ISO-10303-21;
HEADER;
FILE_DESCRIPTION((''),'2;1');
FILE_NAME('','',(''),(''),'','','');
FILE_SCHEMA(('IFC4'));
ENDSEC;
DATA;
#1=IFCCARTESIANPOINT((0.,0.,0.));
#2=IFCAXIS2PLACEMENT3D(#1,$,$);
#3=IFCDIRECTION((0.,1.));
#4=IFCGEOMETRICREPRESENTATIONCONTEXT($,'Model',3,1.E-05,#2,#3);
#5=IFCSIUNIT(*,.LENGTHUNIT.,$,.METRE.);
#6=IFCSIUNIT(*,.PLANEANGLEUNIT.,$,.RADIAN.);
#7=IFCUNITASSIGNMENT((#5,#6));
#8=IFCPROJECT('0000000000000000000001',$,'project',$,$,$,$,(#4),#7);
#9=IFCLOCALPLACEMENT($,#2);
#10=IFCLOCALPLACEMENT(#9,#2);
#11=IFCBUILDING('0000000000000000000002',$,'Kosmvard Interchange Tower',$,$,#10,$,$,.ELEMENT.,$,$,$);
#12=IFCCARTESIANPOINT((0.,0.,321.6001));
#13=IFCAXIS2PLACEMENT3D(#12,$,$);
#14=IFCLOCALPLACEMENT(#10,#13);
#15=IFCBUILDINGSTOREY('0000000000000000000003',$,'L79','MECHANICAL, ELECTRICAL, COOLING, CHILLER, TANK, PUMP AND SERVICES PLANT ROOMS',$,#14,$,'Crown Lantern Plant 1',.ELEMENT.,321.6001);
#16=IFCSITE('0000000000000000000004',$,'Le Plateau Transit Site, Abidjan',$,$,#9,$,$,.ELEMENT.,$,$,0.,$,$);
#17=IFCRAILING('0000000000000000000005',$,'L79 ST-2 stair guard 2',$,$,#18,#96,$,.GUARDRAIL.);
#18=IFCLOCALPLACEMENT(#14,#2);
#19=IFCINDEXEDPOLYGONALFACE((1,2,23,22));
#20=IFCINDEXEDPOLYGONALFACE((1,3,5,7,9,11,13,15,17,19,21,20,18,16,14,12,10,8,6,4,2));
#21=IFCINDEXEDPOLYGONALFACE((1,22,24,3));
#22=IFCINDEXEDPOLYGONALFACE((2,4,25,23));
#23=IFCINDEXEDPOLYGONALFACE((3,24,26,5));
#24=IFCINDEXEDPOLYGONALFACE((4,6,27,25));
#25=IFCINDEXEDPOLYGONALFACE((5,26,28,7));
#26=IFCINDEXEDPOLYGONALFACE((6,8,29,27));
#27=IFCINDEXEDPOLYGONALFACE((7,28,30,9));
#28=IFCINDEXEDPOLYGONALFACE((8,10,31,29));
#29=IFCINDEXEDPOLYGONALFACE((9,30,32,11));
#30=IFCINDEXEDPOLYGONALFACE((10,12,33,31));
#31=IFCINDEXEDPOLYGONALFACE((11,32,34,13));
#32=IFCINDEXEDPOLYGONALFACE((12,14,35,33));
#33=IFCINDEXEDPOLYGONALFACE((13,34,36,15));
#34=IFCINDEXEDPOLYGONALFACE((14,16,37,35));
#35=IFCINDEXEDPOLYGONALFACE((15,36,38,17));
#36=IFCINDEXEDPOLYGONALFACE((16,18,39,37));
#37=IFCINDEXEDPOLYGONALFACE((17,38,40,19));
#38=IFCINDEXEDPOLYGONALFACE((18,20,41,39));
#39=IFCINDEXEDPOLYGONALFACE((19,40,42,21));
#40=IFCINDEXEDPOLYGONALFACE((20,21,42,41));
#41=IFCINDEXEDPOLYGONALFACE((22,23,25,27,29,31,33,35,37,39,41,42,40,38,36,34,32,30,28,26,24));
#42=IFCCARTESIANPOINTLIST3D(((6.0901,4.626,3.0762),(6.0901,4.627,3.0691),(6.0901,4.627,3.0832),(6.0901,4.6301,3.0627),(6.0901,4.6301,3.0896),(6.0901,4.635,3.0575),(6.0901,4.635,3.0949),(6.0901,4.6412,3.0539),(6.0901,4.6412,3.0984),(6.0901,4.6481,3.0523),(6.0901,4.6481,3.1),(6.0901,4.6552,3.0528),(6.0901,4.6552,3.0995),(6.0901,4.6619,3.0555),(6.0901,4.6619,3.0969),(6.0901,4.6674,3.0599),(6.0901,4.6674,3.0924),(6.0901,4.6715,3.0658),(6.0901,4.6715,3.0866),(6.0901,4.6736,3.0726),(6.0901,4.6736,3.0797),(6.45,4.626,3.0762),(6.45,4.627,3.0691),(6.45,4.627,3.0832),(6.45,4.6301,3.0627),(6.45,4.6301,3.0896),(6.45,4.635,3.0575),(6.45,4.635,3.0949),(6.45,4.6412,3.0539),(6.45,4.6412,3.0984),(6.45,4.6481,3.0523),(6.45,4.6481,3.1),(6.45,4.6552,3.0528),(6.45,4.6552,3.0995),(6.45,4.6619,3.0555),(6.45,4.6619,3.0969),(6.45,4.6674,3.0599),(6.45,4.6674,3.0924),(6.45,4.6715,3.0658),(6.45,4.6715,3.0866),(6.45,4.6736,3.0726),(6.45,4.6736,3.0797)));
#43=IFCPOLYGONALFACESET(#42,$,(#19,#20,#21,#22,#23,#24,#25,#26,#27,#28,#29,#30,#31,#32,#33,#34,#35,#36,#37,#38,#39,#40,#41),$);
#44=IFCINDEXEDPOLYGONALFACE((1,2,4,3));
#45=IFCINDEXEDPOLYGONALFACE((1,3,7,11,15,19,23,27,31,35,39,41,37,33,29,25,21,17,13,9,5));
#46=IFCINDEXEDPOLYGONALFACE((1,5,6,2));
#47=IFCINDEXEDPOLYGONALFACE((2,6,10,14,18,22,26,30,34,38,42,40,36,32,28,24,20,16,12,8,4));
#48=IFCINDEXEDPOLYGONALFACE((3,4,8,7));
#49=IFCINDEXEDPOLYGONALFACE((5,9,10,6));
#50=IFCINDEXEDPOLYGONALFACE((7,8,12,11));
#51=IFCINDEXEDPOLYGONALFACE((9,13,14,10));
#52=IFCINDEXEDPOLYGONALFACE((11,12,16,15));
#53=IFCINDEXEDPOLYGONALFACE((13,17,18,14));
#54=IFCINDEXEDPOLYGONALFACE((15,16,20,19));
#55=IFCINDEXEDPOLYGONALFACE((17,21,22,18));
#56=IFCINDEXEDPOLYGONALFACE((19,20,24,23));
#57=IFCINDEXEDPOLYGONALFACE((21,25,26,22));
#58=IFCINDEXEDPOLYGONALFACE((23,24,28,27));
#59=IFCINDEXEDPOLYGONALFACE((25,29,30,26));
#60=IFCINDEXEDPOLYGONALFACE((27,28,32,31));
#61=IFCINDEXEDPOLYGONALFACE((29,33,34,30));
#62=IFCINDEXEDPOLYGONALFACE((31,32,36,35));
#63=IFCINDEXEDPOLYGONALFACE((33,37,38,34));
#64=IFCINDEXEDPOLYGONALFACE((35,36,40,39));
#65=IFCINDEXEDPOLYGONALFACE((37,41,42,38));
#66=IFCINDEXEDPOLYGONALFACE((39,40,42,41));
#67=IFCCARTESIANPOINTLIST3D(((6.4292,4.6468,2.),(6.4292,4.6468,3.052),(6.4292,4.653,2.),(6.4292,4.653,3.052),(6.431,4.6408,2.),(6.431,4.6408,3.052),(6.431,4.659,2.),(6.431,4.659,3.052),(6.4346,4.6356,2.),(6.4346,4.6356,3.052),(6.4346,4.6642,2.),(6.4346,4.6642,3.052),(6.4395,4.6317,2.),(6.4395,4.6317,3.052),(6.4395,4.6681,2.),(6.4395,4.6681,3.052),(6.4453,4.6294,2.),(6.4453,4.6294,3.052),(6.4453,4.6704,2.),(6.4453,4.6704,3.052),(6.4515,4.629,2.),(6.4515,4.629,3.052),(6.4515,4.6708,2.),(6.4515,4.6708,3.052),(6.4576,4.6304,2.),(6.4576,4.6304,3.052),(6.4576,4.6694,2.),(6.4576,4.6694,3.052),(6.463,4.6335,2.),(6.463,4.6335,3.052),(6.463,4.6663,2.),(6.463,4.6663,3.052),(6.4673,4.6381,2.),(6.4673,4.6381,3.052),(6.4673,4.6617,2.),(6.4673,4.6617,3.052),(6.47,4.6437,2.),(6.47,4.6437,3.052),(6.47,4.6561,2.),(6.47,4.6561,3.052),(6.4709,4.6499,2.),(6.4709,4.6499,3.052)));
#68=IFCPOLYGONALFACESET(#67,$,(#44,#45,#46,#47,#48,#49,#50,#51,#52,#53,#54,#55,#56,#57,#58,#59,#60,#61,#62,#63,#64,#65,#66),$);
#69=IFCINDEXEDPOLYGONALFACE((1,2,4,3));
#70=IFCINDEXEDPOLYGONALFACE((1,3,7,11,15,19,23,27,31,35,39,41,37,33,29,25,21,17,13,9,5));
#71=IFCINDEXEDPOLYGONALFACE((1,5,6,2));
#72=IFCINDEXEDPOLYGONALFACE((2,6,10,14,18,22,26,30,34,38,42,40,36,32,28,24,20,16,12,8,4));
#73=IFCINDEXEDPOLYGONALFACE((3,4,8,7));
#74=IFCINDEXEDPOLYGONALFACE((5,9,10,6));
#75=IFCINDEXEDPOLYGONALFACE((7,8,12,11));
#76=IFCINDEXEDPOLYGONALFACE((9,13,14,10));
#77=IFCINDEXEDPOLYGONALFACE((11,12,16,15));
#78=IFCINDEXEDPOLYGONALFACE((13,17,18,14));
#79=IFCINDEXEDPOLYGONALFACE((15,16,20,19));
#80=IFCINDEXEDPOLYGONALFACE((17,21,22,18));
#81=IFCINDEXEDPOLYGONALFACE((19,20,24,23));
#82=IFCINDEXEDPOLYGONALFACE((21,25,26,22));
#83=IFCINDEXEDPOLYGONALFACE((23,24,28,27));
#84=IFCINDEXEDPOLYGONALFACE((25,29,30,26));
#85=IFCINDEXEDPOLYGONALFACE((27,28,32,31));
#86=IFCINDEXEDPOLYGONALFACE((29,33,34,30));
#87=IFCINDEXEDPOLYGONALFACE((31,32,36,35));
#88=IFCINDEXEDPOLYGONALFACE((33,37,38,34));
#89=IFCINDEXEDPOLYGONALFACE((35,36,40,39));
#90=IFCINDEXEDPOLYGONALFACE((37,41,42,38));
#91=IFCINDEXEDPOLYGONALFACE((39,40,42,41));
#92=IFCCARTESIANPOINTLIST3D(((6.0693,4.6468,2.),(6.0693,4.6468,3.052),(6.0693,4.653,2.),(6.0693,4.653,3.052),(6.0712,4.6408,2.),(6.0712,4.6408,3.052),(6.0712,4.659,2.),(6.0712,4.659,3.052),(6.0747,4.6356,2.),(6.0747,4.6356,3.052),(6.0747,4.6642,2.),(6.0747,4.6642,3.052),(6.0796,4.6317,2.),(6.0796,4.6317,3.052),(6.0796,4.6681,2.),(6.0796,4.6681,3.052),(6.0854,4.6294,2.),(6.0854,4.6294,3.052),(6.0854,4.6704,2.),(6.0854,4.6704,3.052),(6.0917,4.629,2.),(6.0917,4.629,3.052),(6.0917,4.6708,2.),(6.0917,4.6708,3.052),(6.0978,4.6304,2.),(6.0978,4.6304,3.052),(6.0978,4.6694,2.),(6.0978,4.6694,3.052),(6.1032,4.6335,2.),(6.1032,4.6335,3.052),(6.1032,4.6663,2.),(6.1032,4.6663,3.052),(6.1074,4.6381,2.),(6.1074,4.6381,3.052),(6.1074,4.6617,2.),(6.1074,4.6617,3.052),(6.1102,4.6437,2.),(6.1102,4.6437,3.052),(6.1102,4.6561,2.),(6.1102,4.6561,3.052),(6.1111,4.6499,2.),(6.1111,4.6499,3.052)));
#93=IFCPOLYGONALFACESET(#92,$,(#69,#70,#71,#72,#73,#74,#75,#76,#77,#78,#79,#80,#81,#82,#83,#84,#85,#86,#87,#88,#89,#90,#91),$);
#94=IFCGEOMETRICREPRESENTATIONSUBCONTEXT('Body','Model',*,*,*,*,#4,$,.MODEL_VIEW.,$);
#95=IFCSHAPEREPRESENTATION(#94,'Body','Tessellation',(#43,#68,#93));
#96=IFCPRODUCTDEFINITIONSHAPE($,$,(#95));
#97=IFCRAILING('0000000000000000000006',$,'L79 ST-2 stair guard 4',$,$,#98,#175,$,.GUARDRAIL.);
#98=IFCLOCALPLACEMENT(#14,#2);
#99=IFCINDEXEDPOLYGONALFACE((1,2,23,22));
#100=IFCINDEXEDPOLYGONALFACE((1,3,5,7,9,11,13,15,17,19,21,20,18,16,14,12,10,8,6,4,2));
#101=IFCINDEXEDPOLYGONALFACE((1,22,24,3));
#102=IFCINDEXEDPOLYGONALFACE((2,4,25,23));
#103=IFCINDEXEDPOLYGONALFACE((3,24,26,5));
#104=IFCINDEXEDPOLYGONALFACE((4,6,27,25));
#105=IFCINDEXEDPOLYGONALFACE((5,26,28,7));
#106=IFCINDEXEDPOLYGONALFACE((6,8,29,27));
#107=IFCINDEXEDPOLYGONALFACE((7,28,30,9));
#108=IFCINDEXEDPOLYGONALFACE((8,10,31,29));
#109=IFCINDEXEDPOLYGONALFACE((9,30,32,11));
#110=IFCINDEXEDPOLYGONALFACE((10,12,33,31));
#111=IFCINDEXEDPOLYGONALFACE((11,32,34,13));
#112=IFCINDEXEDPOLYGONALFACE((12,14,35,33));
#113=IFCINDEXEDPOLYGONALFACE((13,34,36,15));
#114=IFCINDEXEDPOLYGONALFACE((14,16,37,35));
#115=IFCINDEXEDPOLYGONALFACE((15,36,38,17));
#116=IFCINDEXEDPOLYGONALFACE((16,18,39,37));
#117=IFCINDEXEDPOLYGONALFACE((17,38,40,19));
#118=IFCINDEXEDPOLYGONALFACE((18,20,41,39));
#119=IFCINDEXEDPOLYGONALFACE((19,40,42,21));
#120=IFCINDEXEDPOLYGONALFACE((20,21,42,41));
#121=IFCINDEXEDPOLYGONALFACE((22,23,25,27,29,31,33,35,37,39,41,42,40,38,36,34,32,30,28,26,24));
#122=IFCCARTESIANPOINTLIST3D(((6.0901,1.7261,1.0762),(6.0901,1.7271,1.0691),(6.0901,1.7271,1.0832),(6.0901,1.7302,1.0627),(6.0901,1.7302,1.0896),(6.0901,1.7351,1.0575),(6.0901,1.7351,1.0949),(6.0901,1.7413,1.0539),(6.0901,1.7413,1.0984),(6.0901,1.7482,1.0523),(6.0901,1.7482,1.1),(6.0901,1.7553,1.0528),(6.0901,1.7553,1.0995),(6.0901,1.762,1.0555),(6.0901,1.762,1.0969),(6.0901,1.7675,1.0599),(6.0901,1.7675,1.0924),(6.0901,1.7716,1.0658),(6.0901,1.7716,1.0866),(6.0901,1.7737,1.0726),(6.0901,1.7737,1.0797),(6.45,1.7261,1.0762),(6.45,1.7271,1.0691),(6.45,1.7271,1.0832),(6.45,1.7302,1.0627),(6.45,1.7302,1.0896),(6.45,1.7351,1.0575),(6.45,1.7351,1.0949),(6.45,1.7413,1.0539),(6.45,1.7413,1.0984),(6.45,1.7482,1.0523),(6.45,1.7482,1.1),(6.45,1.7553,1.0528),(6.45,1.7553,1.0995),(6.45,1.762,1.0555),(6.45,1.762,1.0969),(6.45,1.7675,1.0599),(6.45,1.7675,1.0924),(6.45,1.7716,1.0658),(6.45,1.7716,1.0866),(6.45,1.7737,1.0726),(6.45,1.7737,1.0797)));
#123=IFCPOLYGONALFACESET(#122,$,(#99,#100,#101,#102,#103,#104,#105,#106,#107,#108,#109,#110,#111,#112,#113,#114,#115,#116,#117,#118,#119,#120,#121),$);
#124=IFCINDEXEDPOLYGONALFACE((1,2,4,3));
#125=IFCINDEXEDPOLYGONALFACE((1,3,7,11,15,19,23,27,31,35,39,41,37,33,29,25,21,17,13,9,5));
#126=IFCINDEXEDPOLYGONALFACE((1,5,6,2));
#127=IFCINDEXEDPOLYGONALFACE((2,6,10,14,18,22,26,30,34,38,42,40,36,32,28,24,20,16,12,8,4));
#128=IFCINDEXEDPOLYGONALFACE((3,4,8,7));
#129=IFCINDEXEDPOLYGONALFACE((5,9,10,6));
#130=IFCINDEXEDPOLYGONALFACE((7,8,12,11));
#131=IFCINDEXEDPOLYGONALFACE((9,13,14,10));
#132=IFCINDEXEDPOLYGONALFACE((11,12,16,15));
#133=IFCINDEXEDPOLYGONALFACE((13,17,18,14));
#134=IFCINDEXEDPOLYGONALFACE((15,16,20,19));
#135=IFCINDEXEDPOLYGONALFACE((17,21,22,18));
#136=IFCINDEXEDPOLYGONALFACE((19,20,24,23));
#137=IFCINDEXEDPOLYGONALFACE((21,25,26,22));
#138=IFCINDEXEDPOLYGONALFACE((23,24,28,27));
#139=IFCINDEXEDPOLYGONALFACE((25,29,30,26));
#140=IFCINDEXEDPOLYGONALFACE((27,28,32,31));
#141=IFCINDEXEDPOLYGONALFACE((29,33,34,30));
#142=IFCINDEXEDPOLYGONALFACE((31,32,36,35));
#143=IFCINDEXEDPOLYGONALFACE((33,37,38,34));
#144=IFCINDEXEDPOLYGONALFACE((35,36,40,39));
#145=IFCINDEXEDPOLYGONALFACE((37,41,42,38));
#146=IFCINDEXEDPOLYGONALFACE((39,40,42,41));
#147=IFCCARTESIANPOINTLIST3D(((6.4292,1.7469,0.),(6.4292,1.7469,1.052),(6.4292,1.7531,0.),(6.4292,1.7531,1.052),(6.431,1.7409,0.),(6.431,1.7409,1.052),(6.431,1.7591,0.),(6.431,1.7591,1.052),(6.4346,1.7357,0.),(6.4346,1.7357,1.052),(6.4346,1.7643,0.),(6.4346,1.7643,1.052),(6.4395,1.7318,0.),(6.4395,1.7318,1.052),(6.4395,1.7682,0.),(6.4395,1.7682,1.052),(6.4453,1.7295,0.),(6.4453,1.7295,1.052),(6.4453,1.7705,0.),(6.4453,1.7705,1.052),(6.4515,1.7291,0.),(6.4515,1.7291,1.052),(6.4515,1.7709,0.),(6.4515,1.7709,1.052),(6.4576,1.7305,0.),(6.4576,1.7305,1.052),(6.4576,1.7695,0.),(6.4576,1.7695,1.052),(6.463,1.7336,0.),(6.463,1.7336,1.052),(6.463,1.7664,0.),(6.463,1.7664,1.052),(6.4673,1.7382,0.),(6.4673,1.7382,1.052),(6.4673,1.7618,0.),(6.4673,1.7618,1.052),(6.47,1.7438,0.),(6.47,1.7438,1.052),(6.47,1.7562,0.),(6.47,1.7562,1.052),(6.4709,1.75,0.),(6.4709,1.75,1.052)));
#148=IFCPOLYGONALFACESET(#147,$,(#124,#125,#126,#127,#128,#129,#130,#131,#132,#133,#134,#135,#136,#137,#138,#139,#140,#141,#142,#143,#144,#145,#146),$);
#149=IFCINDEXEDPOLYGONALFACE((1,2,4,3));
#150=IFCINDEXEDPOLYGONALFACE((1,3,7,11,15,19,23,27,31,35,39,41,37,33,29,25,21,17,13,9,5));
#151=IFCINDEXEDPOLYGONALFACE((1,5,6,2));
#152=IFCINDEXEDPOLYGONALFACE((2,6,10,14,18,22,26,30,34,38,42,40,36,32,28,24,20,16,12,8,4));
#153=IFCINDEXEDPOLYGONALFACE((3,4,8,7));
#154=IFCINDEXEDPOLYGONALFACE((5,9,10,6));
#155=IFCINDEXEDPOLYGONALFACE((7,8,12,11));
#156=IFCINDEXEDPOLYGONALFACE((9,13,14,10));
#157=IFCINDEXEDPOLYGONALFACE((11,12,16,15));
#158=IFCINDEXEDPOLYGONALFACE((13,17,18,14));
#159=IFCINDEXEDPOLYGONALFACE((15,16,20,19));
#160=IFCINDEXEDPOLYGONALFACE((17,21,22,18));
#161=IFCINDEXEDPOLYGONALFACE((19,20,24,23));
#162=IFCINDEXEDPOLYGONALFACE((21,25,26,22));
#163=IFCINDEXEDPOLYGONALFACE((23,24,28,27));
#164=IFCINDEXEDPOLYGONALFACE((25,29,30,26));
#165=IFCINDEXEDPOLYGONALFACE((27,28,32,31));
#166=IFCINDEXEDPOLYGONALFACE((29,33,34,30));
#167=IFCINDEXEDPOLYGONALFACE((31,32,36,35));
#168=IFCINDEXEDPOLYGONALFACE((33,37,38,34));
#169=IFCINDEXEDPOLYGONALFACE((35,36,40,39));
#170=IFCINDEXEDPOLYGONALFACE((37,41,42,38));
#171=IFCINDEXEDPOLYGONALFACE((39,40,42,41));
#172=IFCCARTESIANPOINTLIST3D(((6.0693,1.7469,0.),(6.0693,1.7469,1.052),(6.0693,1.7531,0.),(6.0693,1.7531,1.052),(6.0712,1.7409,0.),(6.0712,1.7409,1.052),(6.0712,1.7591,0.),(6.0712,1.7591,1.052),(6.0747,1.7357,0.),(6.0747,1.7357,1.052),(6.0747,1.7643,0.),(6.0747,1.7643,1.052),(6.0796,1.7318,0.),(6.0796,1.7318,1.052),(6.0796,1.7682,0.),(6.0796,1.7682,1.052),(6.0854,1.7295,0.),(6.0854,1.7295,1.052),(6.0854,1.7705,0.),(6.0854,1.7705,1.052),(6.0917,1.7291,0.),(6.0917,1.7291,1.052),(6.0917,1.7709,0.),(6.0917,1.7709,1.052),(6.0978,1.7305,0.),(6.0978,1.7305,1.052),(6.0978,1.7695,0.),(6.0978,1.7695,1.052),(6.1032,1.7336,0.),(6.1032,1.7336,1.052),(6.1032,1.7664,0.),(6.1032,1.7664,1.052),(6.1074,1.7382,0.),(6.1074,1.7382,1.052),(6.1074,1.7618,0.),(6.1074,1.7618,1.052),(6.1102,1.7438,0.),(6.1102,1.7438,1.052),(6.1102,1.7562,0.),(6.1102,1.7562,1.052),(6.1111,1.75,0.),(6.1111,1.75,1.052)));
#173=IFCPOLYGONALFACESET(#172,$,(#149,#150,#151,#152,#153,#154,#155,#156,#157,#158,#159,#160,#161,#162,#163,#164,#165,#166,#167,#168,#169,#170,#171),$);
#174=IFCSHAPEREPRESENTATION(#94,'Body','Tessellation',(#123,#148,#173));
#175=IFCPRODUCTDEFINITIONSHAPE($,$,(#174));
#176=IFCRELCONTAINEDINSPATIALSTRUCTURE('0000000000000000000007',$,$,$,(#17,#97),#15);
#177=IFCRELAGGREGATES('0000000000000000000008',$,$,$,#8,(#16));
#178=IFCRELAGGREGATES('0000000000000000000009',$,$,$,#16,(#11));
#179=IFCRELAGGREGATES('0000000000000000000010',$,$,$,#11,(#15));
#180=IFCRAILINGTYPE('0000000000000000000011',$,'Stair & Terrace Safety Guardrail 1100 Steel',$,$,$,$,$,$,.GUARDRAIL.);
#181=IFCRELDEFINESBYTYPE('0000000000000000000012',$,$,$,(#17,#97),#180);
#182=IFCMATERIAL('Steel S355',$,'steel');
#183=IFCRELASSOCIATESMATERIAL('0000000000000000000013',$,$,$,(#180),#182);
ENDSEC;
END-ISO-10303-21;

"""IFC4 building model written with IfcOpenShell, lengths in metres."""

from ifc_helpers import new_model, si_unit, direction, frame, origin, origin_2d, place, context, subcontext, project, spatial, circle, extrude, source, transform, mapped, material, type_object, element, save


model = new_model("IFC4")

# Units and contexts
model_context = context("Model", 3, precision=1e-05, world=origin(), true_north=direction((0.0, 1.0)))
body_context = subcontext(model_context, "Body", "Model", "MODEL_VIEW")
ifc_project = project(units=[si_unit("LENGTHUNIT", "METRE"), si_unit("PLANEANGLEUNIT", "RADIAN")], contexts=[model_context])

# Site, building, storey
site_placement = place(None, origin())
site = spatial("IfcSite", under=ifc_project, at=site_placement, Name="Le Plateau Transit Site, Abidjan", CompositionType="ELEMENT", RefElevation=0.0)
building_placement = place(site_placement, origin())
building = spatial("IfcBuilding", under=site, at=building_placement, Name="Kosmvard Interchange Tower", CompositionType="ELEMENT")
storey_placement = place(building_placement, frame((0.0, 0.0, 321.6001)))
storey = spatial("IfcBuildingStorey", under=building, at=storey_placement, Name="L79", Description="MECHANICAL, ELECTRICAL, COOLING, CHILLER, TANK, PUMP AND SERVICES PLANT ROOMS", LongName="Crown Lantern Plant 1", CompositionType="ELEMENT", Elevation=321.6001)

# Shared definitions
ifc_material_1 = material(Name="Steel S355", Category="steel")

# Railings
railing_type_1 = type_object("IfcRailingType", Name="Stair & Terrace Safety Guardrail 1100 Steel", PredefinedType="GUARDRAIL", material=ifc_material_1)
shared_shape_1 = source(origin(), body_context, "Body", "SweptSolid", [
    extrude(circle(Radius=0.0239, at=origin_2d()), frame((0.0, 0.0, 1.0762), z_axis=(-1.0, 0.0, 0.0), x_axis=(0.0, -1.0, 0.0)), (0.0, 0.0, 1.0), 0.3599),
    extrude(circle(Radius=0.021, at=origin_2d()), origin(), (0.0, 0.0, 1.0), 1.052),
    extrude(circle(Radius=0.021, at=origin_2d()), frame((-0.3599, 0.0, 0.0)), (0.0, 0.0, 1.0), 1.052),
])
for number, where, name in (
    (1, (6.45, 4.6499, 2.0), "L79 ST-2 stair guard 2"),
    (2, (6.45, 1.75, 0.0), "L79 ST-2 stair guard 4"),
):
    element("IfcRailing", number, at=place(storey_placement, frame(where)), inside=storey, type_object=railing_type_1, Name=name, PredefinedType="GUARDRAIL", context=body_context, shape_type="MappedRepresentation", body=[
        mapped(shared_shape_1, transform((0.0, 0.0, 0.0), scale=1.0)),
    ])

save(model, "model.ifc")
